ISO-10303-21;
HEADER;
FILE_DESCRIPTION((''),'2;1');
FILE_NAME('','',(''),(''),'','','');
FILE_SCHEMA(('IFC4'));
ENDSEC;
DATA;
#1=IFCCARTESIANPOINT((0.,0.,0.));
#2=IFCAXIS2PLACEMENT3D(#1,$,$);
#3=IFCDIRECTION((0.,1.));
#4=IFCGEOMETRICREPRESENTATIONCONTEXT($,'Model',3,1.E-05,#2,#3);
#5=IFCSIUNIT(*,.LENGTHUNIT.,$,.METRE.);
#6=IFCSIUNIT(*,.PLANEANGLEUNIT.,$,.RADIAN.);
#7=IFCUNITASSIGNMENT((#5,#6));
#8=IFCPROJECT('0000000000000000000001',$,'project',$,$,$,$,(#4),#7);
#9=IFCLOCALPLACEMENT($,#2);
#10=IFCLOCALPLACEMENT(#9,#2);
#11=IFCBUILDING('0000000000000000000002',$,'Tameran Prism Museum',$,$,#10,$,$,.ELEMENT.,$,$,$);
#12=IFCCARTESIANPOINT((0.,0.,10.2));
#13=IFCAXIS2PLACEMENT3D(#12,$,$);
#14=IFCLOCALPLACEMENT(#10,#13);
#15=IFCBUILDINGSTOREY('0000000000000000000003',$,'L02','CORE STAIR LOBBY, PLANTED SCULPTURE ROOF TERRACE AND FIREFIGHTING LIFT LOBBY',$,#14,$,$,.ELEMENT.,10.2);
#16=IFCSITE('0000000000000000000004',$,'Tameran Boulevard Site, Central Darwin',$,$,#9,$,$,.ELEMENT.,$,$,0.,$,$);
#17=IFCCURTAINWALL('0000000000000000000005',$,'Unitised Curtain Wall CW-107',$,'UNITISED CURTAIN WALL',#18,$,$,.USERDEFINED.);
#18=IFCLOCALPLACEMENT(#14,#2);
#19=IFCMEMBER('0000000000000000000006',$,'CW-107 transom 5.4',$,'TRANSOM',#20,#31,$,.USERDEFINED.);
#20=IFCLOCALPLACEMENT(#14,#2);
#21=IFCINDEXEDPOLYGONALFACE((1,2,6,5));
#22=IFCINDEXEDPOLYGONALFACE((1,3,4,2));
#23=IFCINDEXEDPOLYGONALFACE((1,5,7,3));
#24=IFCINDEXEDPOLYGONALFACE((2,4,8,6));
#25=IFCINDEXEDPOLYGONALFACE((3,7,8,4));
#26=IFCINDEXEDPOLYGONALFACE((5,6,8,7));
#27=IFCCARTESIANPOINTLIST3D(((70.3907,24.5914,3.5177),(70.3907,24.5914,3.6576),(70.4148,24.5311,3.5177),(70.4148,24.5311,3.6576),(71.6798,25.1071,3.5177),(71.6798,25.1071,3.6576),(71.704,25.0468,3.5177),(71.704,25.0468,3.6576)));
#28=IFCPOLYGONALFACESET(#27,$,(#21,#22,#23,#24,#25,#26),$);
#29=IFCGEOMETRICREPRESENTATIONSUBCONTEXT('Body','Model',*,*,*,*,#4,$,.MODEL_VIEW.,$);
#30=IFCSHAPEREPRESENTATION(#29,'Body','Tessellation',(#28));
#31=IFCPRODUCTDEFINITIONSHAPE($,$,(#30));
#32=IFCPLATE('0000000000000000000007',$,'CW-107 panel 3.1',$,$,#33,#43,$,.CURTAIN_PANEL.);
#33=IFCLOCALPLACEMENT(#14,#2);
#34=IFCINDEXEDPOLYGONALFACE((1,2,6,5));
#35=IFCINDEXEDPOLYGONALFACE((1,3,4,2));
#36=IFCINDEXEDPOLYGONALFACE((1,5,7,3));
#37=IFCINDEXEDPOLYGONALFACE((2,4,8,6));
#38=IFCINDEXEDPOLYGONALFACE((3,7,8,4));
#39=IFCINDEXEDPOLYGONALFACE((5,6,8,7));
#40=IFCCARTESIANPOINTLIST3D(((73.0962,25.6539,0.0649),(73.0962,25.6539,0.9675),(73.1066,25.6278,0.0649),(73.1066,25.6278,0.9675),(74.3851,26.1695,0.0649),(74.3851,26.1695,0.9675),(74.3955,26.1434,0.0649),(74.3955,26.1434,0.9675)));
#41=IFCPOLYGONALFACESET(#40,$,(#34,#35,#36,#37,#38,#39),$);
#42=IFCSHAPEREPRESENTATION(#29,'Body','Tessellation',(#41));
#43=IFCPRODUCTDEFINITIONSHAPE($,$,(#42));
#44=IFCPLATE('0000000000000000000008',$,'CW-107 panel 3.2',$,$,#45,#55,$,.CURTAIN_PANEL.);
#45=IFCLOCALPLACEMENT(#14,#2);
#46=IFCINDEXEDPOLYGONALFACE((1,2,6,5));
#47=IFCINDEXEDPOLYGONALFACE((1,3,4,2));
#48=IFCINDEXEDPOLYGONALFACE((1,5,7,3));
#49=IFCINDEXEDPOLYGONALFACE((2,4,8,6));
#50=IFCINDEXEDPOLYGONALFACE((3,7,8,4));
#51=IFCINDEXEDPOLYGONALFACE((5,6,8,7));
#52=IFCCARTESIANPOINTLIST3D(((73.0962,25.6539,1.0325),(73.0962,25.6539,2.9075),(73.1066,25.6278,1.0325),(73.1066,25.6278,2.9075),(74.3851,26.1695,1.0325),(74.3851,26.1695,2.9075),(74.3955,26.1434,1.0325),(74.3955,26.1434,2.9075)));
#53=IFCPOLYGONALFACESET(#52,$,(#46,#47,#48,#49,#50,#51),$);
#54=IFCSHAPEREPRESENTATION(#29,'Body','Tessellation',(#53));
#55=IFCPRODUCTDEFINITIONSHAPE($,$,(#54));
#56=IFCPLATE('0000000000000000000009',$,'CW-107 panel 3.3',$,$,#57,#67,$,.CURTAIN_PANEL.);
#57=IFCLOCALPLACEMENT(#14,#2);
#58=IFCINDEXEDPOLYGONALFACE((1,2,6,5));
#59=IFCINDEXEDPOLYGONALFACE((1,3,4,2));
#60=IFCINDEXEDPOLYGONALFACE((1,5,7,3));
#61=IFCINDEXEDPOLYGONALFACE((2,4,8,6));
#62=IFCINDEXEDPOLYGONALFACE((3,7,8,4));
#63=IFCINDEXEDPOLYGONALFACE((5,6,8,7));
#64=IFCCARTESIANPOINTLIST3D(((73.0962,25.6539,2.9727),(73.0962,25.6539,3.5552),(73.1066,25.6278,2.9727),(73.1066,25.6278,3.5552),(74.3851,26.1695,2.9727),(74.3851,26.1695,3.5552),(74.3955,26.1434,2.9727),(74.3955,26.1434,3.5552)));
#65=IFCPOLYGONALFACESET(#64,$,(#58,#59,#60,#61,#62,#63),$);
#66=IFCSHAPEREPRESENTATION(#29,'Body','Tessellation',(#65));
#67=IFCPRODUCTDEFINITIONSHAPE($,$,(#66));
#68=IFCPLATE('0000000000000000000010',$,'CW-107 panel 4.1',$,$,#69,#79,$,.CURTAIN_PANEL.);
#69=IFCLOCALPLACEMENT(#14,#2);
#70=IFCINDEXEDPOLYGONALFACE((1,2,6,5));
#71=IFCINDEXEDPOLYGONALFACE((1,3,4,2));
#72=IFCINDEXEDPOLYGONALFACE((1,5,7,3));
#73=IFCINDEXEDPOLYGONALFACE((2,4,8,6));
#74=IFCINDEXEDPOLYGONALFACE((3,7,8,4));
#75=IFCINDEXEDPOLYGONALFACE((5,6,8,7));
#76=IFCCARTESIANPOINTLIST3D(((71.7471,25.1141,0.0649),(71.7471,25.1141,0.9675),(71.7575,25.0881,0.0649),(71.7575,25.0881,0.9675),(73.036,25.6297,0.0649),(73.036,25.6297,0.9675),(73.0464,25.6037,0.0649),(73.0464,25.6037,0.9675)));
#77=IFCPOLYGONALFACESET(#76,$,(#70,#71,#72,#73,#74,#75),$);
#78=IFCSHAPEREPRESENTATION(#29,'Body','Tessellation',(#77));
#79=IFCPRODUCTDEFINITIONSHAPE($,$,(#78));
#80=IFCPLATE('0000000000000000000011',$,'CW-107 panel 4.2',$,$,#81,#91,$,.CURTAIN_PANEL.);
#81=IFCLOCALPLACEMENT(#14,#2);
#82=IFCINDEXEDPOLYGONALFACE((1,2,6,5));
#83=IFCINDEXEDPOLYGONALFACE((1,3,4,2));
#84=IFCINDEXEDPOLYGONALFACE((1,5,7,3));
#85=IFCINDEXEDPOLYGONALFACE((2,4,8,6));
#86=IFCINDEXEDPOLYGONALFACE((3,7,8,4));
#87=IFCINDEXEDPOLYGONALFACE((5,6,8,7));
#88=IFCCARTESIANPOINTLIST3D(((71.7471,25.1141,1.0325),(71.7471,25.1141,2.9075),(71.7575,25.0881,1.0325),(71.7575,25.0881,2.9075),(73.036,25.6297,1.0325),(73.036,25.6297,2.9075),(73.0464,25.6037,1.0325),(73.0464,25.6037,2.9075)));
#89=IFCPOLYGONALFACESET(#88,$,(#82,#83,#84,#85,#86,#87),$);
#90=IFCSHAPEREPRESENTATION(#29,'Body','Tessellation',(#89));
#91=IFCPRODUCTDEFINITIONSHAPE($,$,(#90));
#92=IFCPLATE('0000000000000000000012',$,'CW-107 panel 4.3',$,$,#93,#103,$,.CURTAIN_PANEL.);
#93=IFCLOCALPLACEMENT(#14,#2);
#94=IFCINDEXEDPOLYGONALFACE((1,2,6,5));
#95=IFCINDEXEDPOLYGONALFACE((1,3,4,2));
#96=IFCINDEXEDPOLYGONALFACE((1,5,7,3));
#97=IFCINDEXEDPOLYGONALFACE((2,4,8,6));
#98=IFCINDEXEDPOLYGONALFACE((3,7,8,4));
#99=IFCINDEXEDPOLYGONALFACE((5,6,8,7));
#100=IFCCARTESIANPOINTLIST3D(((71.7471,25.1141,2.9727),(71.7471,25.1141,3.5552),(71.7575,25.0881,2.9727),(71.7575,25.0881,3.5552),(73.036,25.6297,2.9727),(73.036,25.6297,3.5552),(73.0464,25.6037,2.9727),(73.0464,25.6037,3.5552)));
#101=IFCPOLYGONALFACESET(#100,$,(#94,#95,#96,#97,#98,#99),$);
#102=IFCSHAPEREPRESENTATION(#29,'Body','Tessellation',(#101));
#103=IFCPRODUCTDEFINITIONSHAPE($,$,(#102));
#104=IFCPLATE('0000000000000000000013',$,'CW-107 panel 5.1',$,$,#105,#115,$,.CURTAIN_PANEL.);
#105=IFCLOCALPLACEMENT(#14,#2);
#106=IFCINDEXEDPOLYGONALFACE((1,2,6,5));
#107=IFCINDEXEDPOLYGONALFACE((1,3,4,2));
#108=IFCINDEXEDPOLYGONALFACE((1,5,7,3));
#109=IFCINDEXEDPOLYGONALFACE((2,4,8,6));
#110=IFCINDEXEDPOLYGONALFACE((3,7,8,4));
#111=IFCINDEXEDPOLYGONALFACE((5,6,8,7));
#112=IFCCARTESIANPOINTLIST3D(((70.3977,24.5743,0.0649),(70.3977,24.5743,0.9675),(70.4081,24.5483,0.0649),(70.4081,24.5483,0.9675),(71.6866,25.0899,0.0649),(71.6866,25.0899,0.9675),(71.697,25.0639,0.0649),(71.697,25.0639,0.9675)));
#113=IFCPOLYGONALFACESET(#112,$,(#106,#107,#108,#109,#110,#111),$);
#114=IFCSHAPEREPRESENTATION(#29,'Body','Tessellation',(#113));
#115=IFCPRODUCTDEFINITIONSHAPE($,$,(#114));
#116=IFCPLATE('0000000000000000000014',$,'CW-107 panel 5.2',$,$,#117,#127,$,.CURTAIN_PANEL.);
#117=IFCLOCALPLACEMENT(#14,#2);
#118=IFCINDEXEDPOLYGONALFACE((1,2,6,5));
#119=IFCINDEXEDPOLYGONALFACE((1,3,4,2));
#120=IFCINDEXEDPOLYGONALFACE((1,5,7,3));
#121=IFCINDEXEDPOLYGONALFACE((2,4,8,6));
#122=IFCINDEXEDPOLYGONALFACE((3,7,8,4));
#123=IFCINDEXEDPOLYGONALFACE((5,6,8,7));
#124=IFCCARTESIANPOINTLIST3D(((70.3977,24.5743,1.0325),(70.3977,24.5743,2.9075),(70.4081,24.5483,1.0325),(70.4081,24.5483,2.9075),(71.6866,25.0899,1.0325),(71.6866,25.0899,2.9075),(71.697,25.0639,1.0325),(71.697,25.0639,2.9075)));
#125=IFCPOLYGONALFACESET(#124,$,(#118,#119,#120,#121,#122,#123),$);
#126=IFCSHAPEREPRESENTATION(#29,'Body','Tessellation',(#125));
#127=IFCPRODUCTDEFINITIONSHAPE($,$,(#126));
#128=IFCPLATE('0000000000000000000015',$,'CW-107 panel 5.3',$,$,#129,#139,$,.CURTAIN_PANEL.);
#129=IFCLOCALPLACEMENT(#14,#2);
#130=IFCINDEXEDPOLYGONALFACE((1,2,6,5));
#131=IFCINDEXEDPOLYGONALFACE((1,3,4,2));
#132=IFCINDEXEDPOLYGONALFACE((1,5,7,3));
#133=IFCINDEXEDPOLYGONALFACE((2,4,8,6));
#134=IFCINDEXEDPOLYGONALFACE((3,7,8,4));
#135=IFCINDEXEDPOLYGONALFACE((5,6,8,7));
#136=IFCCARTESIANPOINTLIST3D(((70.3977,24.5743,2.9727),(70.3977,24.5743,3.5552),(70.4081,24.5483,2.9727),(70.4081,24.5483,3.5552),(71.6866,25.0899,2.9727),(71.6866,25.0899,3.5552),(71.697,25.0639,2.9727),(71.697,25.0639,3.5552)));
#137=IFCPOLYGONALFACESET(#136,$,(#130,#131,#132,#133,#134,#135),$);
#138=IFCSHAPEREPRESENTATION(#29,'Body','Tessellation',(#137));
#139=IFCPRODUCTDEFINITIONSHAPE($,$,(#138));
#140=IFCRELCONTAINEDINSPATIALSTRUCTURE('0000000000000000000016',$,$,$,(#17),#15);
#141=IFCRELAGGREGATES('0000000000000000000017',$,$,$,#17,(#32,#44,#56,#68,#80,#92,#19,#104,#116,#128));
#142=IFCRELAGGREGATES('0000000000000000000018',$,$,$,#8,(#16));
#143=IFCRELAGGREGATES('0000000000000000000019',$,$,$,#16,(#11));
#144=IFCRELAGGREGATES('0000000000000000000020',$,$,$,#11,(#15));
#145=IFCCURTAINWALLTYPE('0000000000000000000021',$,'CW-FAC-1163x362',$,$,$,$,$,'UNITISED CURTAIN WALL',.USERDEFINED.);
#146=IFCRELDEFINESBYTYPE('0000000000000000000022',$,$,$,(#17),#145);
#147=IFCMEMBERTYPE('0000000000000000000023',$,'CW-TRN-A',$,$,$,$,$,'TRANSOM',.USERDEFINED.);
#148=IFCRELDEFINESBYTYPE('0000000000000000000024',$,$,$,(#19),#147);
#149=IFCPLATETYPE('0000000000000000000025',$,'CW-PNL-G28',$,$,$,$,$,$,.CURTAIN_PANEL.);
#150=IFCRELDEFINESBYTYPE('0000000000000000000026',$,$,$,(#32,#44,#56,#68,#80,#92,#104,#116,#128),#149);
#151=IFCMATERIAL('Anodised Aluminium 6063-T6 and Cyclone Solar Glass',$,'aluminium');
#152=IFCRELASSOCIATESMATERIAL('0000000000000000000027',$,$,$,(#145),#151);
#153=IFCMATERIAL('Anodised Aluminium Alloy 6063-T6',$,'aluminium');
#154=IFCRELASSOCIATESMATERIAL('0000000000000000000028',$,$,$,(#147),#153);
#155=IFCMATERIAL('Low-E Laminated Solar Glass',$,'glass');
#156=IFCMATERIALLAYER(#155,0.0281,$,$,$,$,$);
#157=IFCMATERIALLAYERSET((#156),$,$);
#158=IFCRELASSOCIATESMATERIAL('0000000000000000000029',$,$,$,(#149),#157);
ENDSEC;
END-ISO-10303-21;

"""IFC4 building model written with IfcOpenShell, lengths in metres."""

from ifc_helpers import new_model, si_unit, direction, frame, origin, origin_2d, place, context, subcontext, project, spatial, rectangle, extrude, material, layer, layer_set, material_profile, profile_set, type_object, element, aggregate, save


model = new_model("IFC4")

# Units and contexts
model_context = context("Model", 3, precision=1e-05, world=origin(), true_north=direction((0.0, 1.0)))
body_context = subcontext(model_context, "Body", "Model", "MODEL_VIEW")
ifc_project = project(units=[si_unit("LENGTHUNIT", "METRE"), si_unit("PLANEANGLEUNIT", "RADIAN")], contexts=[model_context])

# Site, building, storey
site_placement = place(None, origin())
site = spatial("IfcSite", under=ifc_project, at=site_placement, Name="Tameran Boulevard Site, Central Darwin", CompositionType="ELEMENT", RefElevation=0.0)
building_placement = place(site_placement, origin())
building = spatial("IfcBuilding", under=site, at=building_placement, Name="Tameran Prism Museum", CompositionType="ELEMENT")
storey_placement = place(building_placement, frame((0.0, 0.0, 10.2)))
storey = spatial("IfcBuildingStorey", under=building, at=storey_placement, Name="L02", Description="CORE STAIR LOBBY, PLANTED SCULPTURE ROOF TERRACE AND FIREFIGHTING LIFT LOBBY", CompositionType="ELEMENT", Elevation=10.2)

# Curtain wall, member, plates
ifc_material_1 = material(Name="Anodised Aluminium 6063-T6 and Cyclone Solar Glass", Category="aluminium")
curtain_wall_type = type_object("IfcCurtainWallType", Name="CW-FAC-1163x362", ElementType="UNITISED CURTAIN WALL", PredefinedType="USERDEFINED", material=ifc_material_1)
curtain_wall_placement = place(storey_placement, origin())
curtain_wall = element("IfcCurtainWall", 1, at=curtain_wall_placement, inside=storey, type_object=curtain_wall_type, Name="Unitised Curtain Wall CW-107", ObjectType="UNITISED CURTAIN WALL", PredefinedType="USERDEFINED")
ifc_material_2 = material(Name="Anodised Aluminium Alloy 6063-T6", Category="aluminium")
ifc_material_profile_1 = material_profile(ifc_material_2, rectangle(XDim=0.0649, YDim=0.1399, at=origin_2d()))
ifc_profile_set_1 = profile_set([ifc_material_profile_1])
member_type_1 = type_object("IfcMemberType", Name="CW-TRN-A", ElementType="TRANSOM", PredefinedType="USERDEFINED", material=ifc_profile_set_1)
member_1_placement = place(storey_placement, frame((71.6919, 25.0769, 3.5876), z_axis=(-0.928477, -0.371391, 0.0), x_axis=(0.371391, -0.928477, 0.0)))
member_1 = element("IfcMember", 2, at=member_1_placement, type_object=member_type_1, Name="CW-107 transom 5.4", ObjectType="TRANSOM", PredefinedType="USERDEFINED", context=body_context, shape_type="SweptSolid", body=[
    extrude(rectangle(XDim=0.0649, YDim=0.1399, at=origin_2d()), origin(), (0.0, 0.0, 1.0), 1.3884),
])
ifc_material_3 = material(Name="Low-E Laminated Solar Glass", Category="glass")
ifc_layer_1 = layer(ifc_material_3, 0.0281)
ifc_layer_set_1 = layer_set([ifc_layer_1])
plate_type = type_object("IfcPlateType", Name="CW-PNL-G28", PredefinedType="CURTAIN_PANEL", material=ifc_layer_set_1)
plate_1_placement = place(storey_placement, frame((73.7458, 25.8987, 0.0649), z_axis=(0.0, 0.0, 1.0), x_axis=(-0.928465, -0.37142, 0.0)))
plate_1 = element("IfcPlate", 3, at=plate_1_placement, type_object=plate_type, Name="CW-107 panel 3.1", PredefinedType="CURTAIN_PANEL", context=body_context, shape_type="SweptSolid", body=[
    extrude(rectangle(XDim=1.3882, YDim=0.0281, at=origin_2d()), origin(), (0.0, 0.0, 1.0), 0.9026),
])
plate_2_placement = place(storey_placement, frame((73.7458, 25.8987, 1.0325), z_axis=(0.0, 0.0, 1.0), x_axis=(-0.928465, -0.37142, 0.0)))
plate_2 = element("IfcPlate", 4, at=plate_2_placement, type_object=plate_type, Name="CW-107 panel 3.2", PredefinedType="CURTAIN_PANEL", context=body_context, shape_type="SweptSolid", body=[
    extrude(rectangle(XDim=1.3882, YDim=0.0281, at=origin_2d()), origin(), (0.0, 0.0, 1.0), 1.875),
])
plate_3_placement = place(storey_placement, frame((73.7458, 25.8987, 2.9727), z_axis=(0.0, 0.0, 1.0), x_axis=(-0.928465, -0.37142, 0.0)))
plate_3 = element("IfcPlate", 5, at=plate_3_placement, type_object=plate_type, Name="CW-107 panel 3.3", PredefinedType="CURTAIN_PANEL", context=body_context, shape_type="SweptSolid", body=[
    extrude(rectangle(XDim=1.3882, YDim=0.0281, at=origin_2d()), origin(), (0.0, 0.0, 1.0), 0.5825),
])
plate_4_placement = place(storey_placement, frame((72.3967, 25.3589, 0.0649), z_axis=(0.0, 0.0, 1.0), x_axis=(-0.928465, -0.37142, 0.0)))
plate_4 = element("IfcPlate", 6, at=plate_4_placement, type_object=plate_type, Name="CW-107 panel 4.1", PredefinedType="CURTAIN_PANEL", context=body_context, shape_type="SweptSolid", body=[
    extrude(rectangle(XDim=1.3882, YDim=0.0281, at=origin_2d()), origin(), (0.0, 0.0, 1.0), 0.9026),
])
plate_5_placement = place(storey_placement, frame((72.3967, 25.3589, 1.0325), z_axis=(0.0, 0.0, 1.0), x_axis=(-0.928465, -0.37142, 0.0)))
plate_5 = element("IfcPlate", 7, at=plate_5_placement, type_object=plate_type, Name="CW-107 panel 4.2", PredefinedType="CURTAIN_PANEL", context=body_context, shape_type="SweptSolid", body=[
    extrude(rectangle(XDim=1.3882, YDim=0.0281, at=origin_2d()), origin(), (0.0, 0.0, 1.0), 1.875),
])
plate_6_placement = place(storey_placement, frame((72.3967, 25.3589, 2.9727), z_axis=(0.0, 0.0, 1.0), x_axis=(-0.928465, -0.37142, 0.0)))
plate_6 = element("IfcPlate", 8, at=plate_6_placement, type_object=plate_type, Name="CW-107 panel 4.3", PredefinedType="CURTAIN_PANEL", context=body_context, shape_type="SweptSolid", body=[
    extrude(rectangle(XDim=1.3882, YDim=0.0281, at=origin_2d()), origin(), (0.0, 0.0, 1.0), 0.5825),
])
plate_7_placement = place(storey_placement, frame((71.0474, 24.8191, 0.0649), z_axis=(0.0, 0.0, 1.0), x_axis=(-0.928465, -0.37142, 0.0)))
plate_7 = element("IfcPlate", 9, at=plate_7_placement, type_object=plate_type, Name="CW-107 panel 5.1", PredefinedType="CURTAIN_PANEL", context=body_context, shape_type="SweptSolid", body=[
    extrude(rectangle(XDim=1.3882, YDim=0.0281, at=origin_2d()), origin(), (0.0, 0.0, 1.0), 0.9026),
])
plate_8_placement = place(storey_placement, frame((71.0474, 24.8191, 1.0325), z_axis=(0.0, 0.0, 1.0), x_axis=(-0.928465, -0.37142, 0.0)))
plate_8 = element("IfcPlate", 10, at=plate_8_placement, type_object=plate_type, Name="CW-107 panel 5.2", PredefinedType="CURTAIN_PANEL", context=body_context, shape_type="SweptSolid", body=[
    extrude(rectangle(XDim=1.3882, YDim=0.0281, at=origin_2d()), origin(), (0.0, 0.0, 1.0), 1.875),
])
plate_9_placement = place(storey_placement, frame((71.0474, 24.8191, 2.9727), z_axis=(0.0, 0.0, 1.0), x_axis=(-0.928465, -0.37142, 0.0)))
plate_9 = element("IfcPlate", 11, at=plate_9_placement, type_object=plate_type, Name="CW-107 panel 5.3", PredefinedType="CURTAIN_PANEL", context=body_context, shape_type="SweptSolid", body=[
    extrude(rectangle(XDim=1.3882, YDim=0.0281, at=origin_2d()), origin(), (0.0, 0.0, 1.0), 0.5825),
])
aggregate(curtain_wall, [plate_1, plate_2, plate_3, plate_4, plate_5, plate_6, member_1, plate_7, plate_8, plate_9])

save(model, "model.ifc")
